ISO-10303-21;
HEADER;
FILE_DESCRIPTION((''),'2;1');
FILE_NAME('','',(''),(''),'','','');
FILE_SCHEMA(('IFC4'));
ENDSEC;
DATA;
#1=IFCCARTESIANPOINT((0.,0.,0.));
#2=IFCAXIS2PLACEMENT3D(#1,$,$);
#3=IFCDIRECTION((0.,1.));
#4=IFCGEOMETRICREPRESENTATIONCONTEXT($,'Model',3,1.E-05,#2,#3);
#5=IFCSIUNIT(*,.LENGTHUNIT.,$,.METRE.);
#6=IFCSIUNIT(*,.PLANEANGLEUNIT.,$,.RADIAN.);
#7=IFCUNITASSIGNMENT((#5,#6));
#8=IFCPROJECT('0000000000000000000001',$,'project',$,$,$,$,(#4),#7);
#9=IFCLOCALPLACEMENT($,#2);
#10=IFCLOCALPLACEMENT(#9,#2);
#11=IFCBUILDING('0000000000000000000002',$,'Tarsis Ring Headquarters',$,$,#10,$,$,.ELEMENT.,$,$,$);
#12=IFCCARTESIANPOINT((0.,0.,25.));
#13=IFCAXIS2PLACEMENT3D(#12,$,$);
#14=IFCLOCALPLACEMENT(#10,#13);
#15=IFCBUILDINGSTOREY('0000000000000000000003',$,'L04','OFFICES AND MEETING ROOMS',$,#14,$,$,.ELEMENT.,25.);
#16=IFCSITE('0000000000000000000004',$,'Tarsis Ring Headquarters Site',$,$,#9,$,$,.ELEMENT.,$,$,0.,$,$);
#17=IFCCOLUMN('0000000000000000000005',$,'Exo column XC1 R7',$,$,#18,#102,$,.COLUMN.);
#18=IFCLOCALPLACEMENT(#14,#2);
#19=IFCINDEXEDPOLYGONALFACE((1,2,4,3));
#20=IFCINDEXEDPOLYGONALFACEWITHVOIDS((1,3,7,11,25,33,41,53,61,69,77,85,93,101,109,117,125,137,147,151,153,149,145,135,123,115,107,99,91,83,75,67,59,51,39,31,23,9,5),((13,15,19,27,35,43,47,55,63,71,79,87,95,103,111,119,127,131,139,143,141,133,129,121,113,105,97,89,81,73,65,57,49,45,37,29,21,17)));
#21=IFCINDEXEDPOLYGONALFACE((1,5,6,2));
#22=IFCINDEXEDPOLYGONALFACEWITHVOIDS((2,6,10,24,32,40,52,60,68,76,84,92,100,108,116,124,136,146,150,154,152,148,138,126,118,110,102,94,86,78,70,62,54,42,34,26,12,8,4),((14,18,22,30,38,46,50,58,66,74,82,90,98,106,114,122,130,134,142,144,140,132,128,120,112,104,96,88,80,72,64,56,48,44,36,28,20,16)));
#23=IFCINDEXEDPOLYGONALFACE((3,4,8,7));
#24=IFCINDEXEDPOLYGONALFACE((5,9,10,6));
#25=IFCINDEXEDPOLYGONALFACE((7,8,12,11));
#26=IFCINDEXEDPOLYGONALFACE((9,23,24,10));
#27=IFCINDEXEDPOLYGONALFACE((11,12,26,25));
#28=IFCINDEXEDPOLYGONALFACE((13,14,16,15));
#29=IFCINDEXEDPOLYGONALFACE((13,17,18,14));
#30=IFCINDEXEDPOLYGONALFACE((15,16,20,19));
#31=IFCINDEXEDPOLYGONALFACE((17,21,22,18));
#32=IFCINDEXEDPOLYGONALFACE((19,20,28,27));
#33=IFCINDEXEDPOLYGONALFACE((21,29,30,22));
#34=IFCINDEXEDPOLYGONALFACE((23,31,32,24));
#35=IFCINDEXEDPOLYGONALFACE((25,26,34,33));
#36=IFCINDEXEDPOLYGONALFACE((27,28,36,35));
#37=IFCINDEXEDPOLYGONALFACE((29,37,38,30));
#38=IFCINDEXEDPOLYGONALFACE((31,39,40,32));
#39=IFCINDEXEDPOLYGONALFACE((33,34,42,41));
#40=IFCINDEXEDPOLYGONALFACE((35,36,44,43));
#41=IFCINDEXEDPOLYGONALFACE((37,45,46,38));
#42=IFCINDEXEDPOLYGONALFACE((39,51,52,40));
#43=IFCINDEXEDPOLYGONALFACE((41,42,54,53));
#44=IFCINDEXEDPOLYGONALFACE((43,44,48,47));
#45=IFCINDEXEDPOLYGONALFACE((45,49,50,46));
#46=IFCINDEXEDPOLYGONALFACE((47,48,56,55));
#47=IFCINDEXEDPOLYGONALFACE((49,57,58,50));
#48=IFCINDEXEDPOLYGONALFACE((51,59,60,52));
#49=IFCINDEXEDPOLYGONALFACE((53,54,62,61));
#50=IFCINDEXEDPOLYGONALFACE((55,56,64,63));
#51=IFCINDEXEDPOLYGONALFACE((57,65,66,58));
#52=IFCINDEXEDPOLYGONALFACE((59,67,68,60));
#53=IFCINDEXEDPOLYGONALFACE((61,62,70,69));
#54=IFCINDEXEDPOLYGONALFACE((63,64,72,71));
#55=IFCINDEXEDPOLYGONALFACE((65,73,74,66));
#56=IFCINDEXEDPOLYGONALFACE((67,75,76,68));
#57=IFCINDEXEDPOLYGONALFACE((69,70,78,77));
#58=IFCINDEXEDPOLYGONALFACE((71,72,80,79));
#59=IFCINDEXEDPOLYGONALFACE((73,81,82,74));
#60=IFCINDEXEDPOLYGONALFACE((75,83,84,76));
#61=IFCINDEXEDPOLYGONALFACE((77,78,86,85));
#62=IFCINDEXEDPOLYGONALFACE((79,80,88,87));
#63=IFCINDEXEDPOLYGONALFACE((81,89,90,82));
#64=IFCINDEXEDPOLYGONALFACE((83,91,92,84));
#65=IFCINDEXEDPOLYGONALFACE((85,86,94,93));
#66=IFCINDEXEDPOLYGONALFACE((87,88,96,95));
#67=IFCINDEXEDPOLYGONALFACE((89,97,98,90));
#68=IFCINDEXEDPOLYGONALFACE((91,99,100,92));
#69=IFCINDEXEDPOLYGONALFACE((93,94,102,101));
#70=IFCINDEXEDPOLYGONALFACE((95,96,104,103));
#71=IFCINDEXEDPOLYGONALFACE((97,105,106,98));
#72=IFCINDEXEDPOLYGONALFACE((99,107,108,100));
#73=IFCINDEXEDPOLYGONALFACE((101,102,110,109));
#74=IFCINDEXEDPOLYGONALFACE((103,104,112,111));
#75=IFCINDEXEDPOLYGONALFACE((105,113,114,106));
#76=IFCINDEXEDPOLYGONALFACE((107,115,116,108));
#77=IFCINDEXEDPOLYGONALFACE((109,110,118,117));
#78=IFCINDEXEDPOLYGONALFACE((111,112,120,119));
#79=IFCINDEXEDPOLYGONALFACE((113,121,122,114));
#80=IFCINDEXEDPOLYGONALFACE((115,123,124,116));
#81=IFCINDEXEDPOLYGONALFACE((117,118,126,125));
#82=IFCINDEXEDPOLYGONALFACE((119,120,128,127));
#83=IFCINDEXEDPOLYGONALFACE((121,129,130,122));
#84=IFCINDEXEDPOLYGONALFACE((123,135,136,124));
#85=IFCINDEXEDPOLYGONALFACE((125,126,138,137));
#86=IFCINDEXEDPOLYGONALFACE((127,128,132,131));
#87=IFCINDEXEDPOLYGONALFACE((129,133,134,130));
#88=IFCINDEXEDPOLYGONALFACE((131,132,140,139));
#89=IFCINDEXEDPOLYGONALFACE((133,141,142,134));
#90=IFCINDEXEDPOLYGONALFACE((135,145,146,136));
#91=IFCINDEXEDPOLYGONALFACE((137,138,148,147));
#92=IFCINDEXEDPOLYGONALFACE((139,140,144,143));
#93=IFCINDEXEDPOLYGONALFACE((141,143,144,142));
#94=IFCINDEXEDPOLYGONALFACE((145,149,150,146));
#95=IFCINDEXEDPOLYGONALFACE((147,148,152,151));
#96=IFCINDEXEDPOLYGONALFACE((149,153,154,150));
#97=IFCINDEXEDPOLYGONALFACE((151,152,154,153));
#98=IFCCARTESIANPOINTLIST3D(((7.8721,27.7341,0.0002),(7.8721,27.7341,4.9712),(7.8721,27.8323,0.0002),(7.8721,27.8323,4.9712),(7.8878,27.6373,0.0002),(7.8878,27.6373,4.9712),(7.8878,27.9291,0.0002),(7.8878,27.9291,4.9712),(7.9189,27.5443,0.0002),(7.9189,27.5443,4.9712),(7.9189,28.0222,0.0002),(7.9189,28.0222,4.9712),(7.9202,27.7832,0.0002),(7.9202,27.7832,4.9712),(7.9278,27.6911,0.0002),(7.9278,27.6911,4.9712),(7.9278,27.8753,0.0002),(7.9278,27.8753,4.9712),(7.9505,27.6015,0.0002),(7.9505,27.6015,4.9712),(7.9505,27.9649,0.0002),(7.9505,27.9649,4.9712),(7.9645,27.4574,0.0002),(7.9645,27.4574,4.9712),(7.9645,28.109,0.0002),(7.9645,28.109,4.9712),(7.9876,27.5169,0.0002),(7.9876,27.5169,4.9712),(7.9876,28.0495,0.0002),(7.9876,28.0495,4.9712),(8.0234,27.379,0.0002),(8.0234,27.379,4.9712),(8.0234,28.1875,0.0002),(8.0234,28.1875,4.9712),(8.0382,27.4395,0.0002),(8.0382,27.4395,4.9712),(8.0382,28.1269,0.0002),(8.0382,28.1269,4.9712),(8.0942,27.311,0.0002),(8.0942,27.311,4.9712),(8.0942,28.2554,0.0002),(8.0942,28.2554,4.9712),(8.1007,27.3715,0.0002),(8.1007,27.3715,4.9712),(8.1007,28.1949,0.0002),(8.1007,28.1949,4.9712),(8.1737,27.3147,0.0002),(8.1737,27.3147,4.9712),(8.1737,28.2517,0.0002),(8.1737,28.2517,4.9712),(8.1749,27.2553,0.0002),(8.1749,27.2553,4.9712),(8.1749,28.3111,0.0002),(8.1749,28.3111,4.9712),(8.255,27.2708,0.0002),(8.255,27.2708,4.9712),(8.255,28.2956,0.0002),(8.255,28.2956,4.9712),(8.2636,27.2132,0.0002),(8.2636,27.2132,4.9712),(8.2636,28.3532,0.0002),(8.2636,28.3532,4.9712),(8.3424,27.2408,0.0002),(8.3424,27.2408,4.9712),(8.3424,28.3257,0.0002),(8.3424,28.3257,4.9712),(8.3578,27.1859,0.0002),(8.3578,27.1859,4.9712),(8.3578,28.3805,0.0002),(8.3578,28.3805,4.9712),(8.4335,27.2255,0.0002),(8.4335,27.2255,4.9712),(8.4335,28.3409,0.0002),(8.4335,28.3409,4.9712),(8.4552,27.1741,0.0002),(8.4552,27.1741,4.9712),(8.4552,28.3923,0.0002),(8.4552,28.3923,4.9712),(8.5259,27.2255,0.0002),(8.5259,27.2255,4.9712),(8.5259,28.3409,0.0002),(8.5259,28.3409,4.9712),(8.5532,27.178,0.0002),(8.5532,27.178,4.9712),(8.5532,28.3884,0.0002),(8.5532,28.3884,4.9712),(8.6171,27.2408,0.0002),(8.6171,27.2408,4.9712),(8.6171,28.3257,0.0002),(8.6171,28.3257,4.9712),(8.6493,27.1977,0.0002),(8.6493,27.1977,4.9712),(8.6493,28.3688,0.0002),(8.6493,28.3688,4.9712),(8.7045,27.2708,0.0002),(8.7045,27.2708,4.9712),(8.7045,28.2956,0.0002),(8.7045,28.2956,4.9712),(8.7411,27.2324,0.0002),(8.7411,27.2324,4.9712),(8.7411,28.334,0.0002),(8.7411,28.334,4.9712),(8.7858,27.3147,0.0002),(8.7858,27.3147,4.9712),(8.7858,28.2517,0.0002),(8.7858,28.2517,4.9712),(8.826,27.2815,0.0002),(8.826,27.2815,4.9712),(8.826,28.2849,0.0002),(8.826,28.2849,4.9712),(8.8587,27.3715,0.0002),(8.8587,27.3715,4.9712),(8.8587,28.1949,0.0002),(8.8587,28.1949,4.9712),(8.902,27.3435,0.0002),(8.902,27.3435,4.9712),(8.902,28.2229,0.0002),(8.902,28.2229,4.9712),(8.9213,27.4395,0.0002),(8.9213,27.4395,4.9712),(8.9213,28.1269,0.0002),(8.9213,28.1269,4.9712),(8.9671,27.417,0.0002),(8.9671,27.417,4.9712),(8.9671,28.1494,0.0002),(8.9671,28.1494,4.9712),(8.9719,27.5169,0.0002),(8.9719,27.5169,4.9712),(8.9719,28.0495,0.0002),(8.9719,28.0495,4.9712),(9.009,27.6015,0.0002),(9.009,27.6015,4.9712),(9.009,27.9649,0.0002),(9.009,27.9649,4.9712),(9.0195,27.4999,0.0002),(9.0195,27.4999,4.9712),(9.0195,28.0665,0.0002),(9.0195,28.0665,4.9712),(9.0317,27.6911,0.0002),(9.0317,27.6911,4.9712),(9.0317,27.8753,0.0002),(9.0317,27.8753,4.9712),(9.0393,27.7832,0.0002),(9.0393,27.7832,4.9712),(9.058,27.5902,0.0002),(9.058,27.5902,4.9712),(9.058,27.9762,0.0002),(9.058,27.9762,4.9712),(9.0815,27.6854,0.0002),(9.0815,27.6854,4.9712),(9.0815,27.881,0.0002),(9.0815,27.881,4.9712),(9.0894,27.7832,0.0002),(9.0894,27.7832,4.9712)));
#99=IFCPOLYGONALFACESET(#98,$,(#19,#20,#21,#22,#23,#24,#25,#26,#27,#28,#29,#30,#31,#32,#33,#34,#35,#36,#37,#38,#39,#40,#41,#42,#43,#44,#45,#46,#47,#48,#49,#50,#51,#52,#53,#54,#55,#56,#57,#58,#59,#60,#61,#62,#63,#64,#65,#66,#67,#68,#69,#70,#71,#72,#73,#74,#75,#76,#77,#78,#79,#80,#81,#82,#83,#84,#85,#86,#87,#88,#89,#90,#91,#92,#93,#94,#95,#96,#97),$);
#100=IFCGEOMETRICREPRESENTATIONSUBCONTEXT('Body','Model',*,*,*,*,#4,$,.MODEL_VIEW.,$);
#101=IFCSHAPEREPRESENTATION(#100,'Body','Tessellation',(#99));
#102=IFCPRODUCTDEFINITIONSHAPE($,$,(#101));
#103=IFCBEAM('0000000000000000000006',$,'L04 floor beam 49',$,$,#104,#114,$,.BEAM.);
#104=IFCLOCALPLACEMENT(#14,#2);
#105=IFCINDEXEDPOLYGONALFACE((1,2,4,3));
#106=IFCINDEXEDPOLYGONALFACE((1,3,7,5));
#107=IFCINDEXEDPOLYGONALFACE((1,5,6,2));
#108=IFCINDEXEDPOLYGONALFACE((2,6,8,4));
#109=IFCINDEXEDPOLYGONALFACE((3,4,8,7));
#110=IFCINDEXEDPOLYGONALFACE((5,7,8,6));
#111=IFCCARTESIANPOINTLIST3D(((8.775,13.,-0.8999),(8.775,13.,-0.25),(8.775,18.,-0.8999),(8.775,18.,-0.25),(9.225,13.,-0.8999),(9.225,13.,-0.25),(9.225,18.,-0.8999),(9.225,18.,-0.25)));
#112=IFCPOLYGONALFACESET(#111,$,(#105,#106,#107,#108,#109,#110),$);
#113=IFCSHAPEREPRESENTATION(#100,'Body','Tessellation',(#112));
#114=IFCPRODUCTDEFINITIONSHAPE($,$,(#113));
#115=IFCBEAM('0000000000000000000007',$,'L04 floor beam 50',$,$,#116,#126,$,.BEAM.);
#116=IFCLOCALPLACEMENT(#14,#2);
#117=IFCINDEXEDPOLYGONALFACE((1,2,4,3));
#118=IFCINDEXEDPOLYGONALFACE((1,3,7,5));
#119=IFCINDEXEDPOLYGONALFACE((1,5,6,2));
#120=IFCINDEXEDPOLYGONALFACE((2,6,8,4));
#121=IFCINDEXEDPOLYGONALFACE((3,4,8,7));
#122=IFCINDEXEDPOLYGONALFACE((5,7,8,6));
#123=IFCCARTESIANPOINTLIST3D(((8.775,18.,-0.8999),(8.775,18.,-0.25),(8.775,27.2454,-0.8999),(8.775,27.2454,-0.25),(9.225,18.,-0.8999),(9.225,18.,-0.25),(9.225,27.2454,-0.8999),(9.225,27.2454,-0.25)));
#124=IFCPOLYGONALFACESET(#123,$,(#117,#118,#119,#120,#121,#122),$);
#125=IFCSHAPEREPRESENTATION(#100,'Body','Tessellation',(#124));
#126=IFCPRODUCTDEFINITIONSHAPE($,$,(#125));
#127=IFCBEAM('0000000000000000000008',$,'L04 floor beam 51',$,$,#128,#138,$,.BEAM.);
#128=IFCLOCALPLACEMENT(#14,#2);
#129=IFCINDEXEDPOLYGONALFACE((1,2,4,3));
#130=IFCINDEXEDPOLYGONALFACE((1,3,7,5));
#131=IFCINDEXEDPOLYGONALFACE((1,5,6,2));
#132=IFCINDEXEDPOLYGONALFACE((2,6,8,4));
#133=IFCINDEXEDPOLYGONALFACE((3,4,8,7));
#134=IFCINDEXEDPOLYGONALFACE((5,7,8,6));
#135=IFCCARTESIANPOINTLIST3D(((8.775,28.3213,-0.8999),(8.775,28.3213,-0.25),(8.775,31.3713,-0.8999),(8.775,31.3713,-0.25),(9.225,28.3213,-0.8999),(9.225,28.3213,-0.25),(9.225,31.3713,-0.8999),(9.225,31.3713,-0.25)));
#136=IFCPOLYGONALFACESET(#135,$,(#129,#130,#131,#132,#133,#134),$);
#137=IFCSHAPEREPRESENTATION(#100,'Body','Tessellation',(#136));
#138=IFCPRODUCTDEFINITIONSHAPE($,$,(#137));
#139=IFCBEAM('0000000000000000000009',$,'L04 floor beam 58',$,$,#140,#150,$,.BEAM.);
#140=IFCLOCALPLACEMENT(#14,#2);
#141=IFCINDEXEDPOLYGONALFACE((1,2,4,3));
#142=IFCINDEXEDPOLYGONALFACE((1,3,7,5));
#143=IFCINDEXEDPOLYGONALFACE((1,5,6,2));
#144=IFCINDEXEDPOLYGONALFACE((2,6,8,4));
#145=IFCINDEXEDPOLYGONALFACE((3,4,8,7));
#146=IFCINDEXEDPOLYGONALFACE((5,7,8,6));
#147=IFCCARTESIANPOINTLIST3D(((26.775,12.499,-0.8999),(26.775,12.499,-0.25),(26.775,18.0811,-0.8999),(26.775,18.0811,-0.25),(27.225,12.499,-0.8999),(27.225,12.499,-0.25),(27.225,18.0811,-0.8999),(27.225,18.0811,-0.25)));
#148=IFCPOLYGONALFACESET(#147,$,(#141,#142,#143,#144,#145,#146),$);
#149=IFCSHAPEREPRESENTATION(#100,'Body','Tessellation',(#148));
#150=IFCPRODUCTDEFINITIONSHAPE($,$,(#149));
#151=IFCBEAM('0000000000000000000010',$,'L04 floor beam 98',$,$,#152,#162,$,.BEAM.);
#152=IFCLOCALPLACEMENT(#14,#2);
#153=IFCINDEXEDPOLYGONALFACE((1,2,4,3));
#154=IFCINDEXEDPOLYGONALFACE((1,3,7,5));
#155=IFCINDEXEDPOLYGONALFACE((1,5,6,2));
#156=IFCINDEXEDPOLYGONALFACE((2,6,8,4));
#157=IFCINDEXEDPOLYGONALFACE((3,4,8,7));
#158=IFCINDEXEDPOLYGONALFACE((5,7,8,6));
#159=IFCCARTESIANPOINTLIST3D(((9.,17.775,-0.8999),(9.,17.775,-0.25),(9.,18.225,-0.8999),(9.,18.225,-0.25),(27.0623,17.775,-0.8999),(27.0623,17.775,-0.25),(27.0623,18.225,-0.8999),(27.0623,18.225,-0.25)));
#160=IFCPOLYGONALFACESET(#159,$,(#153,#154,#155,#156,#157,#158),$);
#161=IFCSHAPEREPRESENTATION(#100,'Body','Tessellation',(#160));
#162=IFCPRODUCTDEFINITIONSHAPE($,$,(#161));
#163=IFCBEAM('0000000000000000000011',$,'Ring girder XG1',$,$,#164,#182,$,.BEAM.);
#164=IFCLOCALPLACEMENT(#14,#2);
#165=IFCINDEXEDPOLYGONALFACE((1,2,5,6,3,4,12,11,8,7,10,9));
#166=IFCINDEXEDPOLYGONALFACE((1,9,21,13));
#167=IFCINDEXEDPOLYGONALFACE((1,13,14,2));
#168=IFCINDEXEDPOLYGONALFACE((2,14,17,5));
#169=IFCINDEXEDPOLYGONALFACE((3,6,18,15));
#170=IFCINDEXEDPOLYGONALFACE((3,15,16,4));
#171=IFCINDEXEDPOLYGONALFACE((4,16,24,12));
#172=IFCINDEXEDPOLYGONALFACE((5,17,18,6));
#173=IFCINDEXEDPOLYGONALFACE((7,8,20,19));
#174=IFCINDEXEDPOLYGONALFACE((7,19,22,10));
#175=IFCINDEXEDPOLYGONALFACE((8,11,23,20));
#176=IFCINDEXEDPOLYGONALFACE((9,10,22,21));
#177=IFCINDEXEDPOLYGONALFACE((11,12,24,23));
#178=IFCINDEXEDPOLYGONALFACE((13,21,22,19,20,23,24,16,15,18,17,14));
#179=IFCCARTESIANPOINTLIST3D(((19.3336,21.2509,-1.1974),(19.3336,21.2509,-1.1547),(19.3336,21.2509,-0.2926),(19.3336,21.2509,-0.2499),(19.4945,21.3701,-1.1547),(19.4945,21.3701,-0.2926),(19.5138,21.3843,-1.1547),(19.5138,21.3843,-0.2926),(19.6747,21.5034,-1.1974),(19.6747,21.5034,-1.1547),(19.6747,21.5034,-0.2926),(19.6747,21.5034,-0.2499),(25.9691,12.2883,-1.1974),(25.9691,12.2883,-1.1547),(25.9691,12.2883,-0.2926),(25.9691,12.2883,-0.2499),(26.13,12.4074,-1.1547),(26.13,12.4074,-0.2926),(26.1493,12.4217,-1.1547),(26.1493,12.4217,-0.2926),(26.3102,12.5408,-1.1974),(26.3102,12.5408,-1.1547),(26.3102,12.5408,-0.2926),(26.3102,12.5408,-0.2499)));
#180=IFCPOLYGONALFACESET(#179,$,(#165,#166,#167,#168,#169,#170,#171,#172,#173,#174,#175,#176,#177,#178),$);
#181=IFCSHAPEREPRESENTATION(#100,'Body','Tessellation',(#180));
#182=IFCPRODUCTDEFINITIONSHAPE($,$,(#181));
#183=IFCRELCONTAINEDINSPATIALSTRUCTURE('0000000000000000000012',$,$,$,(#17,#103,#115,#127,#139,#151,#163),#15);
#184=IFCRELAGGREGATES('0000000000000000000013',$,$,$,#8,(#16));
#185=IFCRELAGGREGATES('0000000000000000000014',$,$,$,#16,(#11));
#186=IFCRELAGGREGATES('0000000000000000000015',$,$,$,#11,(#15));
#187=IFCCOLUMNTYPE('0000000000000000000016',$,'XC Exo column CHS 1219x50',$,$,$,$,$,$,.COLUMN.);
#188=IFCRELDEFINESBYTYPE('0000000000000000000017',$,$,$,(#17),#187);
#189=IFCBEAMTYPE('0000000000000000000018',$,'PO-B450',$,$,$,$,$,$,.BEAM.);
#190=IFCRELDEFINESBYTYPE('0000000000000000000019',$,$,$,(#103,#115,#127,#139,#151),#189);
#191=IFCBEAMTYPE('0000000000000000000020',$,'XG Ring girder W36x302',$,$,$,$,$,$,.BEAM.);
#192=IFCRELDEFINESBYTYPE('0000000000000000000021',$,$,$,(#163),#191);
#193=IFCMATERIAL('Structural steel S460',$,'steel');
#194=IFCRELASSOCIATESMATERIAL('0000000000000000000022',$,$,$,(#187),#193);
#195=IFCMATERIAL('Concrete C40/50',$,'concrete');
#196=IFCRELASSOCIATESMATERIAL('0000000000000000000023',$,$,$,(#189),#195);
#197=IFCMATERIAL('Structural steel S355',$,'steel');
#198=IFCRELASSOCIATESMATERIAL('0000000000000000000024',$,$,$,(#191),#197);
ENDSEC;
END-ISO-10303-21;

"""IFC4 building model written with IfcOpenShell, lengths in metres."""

from ifc_helpers import new_model, si_unit, direction, frame, origin, origin_2d, place, context, subcontext, project, spatial, rectangle, hollow_circle, i_section, extrude, material, material_profile, profile_set, type_object, element, save


model = new_model("IFC4")

# Units and contexts
model_context = context("Model", 3, precision=1e-05, world=origin(), true_north=direction((0.0, 1.0)))
body_context = subcontext(model_context, "Body", "Model", "MODEL_VIEW")
ifc_project = project(units=[si_unit("LENGTHUNIT", "METRE"), si_unit("PLANEANGLEUNIT", "RADIAN")], contexts=[model_context])

# Site, building, storey
site_placement = place(None, origin())
site = spatial("IfcSite", under=ifc_project, at=site_placement, Name="Tarsis Ring Headquarters Site", CompositionType="ELEMENT", RefElevation=0.0)
building_placement = place(site_placement, origin())
building = spatial("IfcBuilding", under=site, at=building_placement, Name="Tarsis Ring Headquarters", CompositionType="ELEMENT")
storey_placement = place(building_placement, frame((0.0, 0.0, 25.0)))
storey = spatial("IfcBuildingStorey", under=building, at=storey_placement, Name="L04", Description="OFFICES AND MEETING ROOMS", CompositionType="ELEMENT", Elevation=25.0)

# Column
ifc_material_1 = material(Name="Concrete C40/50", Category="concrete")
ifc_material_2 = material(Name="Structural steel S460", Category="steel")
ifc_material_profile_1 = material_profile(ifc_material_2, hollow_circle(Radius=0.6096, WallThickness=0.05, at=origin_2d()), Name="CHS 1219x50")
ifc_profile_set_1 = profile_set([ifc_material_profile_1], Name="Structural steel S460")
column_type_1 = type_object("IfcColumnType", Name="XC Exo column CHS 1219x50", PredefinedType="COLUMN", material=ifc_profile_set_1)
column_1_placement = place(storey_placement, frame((8.4797, 27.7832, 0.0002), z_axis=(0.0, 0.0, 1.0), x_axis=(1.0, 0.0, 0.0)))
element("IfcColumn", 1, at=column_1_placement, inside=storey, type_object=column_type_1, Name="Exo column XC1 R7", PredefinedType="COLUMN", context=body_context, shape_type="SweptSolid", body=[
    extrude(hollow_circle(Radius=0.6096, WallThickness=0.05, at=origin_2d()), origin(), (0.0, 0.0, 1.0), 4.9709),
])

# Beams
ifc_material_profile_2 = material_profile(ifc_material_1, rectangle(XDim=0.45, YDim=0.6499, at=origin_2d()), Name="PO-B450")
ifc_profile_set_2 = profile_set([ifc_material_profile_2], Name="Concrete C40/50")
beam_type_1 = type_object("IfcBeamType", Name="PO-B450", PredefinedType="BEAM", material=ifc_profile_set_2)
beam_1_placement = place(storey_placement, frame((9.0, 13.0, -0.575), z_axis=(0.0, 1.0, 0.0), x_axis=(-1.0, 0.0, 0.0)))
element("IfcBeam", 2, at=beam_1_placement, inside=storey, type_object=beam_type_1, Name="L04 floor beam 49", PredefinedType="BEAM", context=body_context, shape_type="SweptSolid", body=[
    extrude(rectangle(XDim=0.45, YDim=0.6499, at=origin_2d()), origin(), (0.0, 0.0, 1.0), 5.0),
])
beam_2_placement = place(storey_placement, frame((9.0, 18.0, -0.575), z_axis=(0.0, 1.0, 0.0), x_axis=(-1.0, 0.0, 0.0)))
element("IfcBeam", 3, at=beam_2_placement, inside=storey, type_object=beam_type_1, Name="L04 floor beam 50", PredefinedType="BEAM", context=body_context, shape_type="SweptSolid", body=[
    extrude(rectangle(XDim=0.45, YDim=0.6499, at=origin_2d()), origin(), (0.0, 0.0, 1.0), 9.2454),
])
beam_3_placement = place(storey_placement, frame((9.0, 28.3213, -0.575), z_axis=(0.0, 1.0, 0.0), x_axis=(-1.0, 0.0, 0.0)))
element("IfcBeam", 4, at=beam_3_placement, inside=storey, type_object=beam_type_1, Name="L04 floor beam 51", PredefinedType="BEAM", context=body_context, shape_type="SweptSolid", body=[
    extrude(rectangle(XDim=0.45, YDim=0.6499, at=origin_2d()), origin(), (0.0, 0.0, 1.0), 3.05),
])
beam_4_placement = place(storey_placement, frame((27.0, 12.499, -0.575), z_axis=(0.0, 1.0, 0.0), x_axis=(-1.0, 0.0, 0.0)))
element("IfcBeam", 5, at=beam_4_placement, inside=storey, type_object=beam_type_1, Name="L04 floor beam 58", PredefinedType="BEAM", context=body_context, shape_type="SweptSolid", body=[
    extrude(rectangle(XDim=0.45, YDim=0.6499, at=origin_2d()), origin(), (0.0, 0.0, 1.0), 5.582),
])
beam_5_placement = place(storey_placement, frame((9.0, 18.0, -0.575), z_axis=(1.0, 0.0, 0.0), x_axis=(0.0, 1.0, 0.0)))
element("IfcBeam", 6, at=beam_5_placement, inside=storey, type_object=beam_type_1, Name="L04 floor beam 98", PredefinedType="BEAM", context=body_context, shape_type="SweptSolid", body=[
    extrude(rectangle(XDim=0.45, YDim=0.6499, at=origin_2d()), origin(), (0.0, 0.0, 1.0), 18.0623),
])
ifc_material_3 = material(Name="Structural steel S355", Category="steel")
ifc_material_profile_3 = material_profile(ifc_material_3, i_section(OverallWidth=0.4243, OverallDepth=0.9475, WebThickness=0.0239, FlangeThickness=0.0427, at=origin_2d()), Name="W36x302")
ifc_profile_set_3 = profile_set([ifc_material_profile_3], Name="Structural steel S355")
beam_type_2 = type_object("IfcBeamType", Name="XG Ring girder W36x302", PredefinedType="BEAM", material=ifc_profile_set_3)
for number, where, z_axis, x_axis, name in (
    (7, (26.1396, 12.4146, -0.7236), (-0.595025, 0.803707, 0.0), (-0.803707, -0.595025, 0.0), "Ring girder XG1"),
):
    element("IfcBeam", number, at=place(storey_placement, frame(where, z_axis=z_axis, x_axis=x_axis)), inside=storey, type_object=beam_type_2, Name=name, PredefinedType="BEAM", context=body_context, shape_type="SweptSolid", body=[
        extrude(i_section(OverallWidth=0.4243, OverallDepth=0.9475, WebThickness=0.0239, FlangeThickness=0.0427, at=origin_2d()), origin(), (0.0, 0.0, 1.0), 11.1516),
    ])

save(model, "model.ifc")
